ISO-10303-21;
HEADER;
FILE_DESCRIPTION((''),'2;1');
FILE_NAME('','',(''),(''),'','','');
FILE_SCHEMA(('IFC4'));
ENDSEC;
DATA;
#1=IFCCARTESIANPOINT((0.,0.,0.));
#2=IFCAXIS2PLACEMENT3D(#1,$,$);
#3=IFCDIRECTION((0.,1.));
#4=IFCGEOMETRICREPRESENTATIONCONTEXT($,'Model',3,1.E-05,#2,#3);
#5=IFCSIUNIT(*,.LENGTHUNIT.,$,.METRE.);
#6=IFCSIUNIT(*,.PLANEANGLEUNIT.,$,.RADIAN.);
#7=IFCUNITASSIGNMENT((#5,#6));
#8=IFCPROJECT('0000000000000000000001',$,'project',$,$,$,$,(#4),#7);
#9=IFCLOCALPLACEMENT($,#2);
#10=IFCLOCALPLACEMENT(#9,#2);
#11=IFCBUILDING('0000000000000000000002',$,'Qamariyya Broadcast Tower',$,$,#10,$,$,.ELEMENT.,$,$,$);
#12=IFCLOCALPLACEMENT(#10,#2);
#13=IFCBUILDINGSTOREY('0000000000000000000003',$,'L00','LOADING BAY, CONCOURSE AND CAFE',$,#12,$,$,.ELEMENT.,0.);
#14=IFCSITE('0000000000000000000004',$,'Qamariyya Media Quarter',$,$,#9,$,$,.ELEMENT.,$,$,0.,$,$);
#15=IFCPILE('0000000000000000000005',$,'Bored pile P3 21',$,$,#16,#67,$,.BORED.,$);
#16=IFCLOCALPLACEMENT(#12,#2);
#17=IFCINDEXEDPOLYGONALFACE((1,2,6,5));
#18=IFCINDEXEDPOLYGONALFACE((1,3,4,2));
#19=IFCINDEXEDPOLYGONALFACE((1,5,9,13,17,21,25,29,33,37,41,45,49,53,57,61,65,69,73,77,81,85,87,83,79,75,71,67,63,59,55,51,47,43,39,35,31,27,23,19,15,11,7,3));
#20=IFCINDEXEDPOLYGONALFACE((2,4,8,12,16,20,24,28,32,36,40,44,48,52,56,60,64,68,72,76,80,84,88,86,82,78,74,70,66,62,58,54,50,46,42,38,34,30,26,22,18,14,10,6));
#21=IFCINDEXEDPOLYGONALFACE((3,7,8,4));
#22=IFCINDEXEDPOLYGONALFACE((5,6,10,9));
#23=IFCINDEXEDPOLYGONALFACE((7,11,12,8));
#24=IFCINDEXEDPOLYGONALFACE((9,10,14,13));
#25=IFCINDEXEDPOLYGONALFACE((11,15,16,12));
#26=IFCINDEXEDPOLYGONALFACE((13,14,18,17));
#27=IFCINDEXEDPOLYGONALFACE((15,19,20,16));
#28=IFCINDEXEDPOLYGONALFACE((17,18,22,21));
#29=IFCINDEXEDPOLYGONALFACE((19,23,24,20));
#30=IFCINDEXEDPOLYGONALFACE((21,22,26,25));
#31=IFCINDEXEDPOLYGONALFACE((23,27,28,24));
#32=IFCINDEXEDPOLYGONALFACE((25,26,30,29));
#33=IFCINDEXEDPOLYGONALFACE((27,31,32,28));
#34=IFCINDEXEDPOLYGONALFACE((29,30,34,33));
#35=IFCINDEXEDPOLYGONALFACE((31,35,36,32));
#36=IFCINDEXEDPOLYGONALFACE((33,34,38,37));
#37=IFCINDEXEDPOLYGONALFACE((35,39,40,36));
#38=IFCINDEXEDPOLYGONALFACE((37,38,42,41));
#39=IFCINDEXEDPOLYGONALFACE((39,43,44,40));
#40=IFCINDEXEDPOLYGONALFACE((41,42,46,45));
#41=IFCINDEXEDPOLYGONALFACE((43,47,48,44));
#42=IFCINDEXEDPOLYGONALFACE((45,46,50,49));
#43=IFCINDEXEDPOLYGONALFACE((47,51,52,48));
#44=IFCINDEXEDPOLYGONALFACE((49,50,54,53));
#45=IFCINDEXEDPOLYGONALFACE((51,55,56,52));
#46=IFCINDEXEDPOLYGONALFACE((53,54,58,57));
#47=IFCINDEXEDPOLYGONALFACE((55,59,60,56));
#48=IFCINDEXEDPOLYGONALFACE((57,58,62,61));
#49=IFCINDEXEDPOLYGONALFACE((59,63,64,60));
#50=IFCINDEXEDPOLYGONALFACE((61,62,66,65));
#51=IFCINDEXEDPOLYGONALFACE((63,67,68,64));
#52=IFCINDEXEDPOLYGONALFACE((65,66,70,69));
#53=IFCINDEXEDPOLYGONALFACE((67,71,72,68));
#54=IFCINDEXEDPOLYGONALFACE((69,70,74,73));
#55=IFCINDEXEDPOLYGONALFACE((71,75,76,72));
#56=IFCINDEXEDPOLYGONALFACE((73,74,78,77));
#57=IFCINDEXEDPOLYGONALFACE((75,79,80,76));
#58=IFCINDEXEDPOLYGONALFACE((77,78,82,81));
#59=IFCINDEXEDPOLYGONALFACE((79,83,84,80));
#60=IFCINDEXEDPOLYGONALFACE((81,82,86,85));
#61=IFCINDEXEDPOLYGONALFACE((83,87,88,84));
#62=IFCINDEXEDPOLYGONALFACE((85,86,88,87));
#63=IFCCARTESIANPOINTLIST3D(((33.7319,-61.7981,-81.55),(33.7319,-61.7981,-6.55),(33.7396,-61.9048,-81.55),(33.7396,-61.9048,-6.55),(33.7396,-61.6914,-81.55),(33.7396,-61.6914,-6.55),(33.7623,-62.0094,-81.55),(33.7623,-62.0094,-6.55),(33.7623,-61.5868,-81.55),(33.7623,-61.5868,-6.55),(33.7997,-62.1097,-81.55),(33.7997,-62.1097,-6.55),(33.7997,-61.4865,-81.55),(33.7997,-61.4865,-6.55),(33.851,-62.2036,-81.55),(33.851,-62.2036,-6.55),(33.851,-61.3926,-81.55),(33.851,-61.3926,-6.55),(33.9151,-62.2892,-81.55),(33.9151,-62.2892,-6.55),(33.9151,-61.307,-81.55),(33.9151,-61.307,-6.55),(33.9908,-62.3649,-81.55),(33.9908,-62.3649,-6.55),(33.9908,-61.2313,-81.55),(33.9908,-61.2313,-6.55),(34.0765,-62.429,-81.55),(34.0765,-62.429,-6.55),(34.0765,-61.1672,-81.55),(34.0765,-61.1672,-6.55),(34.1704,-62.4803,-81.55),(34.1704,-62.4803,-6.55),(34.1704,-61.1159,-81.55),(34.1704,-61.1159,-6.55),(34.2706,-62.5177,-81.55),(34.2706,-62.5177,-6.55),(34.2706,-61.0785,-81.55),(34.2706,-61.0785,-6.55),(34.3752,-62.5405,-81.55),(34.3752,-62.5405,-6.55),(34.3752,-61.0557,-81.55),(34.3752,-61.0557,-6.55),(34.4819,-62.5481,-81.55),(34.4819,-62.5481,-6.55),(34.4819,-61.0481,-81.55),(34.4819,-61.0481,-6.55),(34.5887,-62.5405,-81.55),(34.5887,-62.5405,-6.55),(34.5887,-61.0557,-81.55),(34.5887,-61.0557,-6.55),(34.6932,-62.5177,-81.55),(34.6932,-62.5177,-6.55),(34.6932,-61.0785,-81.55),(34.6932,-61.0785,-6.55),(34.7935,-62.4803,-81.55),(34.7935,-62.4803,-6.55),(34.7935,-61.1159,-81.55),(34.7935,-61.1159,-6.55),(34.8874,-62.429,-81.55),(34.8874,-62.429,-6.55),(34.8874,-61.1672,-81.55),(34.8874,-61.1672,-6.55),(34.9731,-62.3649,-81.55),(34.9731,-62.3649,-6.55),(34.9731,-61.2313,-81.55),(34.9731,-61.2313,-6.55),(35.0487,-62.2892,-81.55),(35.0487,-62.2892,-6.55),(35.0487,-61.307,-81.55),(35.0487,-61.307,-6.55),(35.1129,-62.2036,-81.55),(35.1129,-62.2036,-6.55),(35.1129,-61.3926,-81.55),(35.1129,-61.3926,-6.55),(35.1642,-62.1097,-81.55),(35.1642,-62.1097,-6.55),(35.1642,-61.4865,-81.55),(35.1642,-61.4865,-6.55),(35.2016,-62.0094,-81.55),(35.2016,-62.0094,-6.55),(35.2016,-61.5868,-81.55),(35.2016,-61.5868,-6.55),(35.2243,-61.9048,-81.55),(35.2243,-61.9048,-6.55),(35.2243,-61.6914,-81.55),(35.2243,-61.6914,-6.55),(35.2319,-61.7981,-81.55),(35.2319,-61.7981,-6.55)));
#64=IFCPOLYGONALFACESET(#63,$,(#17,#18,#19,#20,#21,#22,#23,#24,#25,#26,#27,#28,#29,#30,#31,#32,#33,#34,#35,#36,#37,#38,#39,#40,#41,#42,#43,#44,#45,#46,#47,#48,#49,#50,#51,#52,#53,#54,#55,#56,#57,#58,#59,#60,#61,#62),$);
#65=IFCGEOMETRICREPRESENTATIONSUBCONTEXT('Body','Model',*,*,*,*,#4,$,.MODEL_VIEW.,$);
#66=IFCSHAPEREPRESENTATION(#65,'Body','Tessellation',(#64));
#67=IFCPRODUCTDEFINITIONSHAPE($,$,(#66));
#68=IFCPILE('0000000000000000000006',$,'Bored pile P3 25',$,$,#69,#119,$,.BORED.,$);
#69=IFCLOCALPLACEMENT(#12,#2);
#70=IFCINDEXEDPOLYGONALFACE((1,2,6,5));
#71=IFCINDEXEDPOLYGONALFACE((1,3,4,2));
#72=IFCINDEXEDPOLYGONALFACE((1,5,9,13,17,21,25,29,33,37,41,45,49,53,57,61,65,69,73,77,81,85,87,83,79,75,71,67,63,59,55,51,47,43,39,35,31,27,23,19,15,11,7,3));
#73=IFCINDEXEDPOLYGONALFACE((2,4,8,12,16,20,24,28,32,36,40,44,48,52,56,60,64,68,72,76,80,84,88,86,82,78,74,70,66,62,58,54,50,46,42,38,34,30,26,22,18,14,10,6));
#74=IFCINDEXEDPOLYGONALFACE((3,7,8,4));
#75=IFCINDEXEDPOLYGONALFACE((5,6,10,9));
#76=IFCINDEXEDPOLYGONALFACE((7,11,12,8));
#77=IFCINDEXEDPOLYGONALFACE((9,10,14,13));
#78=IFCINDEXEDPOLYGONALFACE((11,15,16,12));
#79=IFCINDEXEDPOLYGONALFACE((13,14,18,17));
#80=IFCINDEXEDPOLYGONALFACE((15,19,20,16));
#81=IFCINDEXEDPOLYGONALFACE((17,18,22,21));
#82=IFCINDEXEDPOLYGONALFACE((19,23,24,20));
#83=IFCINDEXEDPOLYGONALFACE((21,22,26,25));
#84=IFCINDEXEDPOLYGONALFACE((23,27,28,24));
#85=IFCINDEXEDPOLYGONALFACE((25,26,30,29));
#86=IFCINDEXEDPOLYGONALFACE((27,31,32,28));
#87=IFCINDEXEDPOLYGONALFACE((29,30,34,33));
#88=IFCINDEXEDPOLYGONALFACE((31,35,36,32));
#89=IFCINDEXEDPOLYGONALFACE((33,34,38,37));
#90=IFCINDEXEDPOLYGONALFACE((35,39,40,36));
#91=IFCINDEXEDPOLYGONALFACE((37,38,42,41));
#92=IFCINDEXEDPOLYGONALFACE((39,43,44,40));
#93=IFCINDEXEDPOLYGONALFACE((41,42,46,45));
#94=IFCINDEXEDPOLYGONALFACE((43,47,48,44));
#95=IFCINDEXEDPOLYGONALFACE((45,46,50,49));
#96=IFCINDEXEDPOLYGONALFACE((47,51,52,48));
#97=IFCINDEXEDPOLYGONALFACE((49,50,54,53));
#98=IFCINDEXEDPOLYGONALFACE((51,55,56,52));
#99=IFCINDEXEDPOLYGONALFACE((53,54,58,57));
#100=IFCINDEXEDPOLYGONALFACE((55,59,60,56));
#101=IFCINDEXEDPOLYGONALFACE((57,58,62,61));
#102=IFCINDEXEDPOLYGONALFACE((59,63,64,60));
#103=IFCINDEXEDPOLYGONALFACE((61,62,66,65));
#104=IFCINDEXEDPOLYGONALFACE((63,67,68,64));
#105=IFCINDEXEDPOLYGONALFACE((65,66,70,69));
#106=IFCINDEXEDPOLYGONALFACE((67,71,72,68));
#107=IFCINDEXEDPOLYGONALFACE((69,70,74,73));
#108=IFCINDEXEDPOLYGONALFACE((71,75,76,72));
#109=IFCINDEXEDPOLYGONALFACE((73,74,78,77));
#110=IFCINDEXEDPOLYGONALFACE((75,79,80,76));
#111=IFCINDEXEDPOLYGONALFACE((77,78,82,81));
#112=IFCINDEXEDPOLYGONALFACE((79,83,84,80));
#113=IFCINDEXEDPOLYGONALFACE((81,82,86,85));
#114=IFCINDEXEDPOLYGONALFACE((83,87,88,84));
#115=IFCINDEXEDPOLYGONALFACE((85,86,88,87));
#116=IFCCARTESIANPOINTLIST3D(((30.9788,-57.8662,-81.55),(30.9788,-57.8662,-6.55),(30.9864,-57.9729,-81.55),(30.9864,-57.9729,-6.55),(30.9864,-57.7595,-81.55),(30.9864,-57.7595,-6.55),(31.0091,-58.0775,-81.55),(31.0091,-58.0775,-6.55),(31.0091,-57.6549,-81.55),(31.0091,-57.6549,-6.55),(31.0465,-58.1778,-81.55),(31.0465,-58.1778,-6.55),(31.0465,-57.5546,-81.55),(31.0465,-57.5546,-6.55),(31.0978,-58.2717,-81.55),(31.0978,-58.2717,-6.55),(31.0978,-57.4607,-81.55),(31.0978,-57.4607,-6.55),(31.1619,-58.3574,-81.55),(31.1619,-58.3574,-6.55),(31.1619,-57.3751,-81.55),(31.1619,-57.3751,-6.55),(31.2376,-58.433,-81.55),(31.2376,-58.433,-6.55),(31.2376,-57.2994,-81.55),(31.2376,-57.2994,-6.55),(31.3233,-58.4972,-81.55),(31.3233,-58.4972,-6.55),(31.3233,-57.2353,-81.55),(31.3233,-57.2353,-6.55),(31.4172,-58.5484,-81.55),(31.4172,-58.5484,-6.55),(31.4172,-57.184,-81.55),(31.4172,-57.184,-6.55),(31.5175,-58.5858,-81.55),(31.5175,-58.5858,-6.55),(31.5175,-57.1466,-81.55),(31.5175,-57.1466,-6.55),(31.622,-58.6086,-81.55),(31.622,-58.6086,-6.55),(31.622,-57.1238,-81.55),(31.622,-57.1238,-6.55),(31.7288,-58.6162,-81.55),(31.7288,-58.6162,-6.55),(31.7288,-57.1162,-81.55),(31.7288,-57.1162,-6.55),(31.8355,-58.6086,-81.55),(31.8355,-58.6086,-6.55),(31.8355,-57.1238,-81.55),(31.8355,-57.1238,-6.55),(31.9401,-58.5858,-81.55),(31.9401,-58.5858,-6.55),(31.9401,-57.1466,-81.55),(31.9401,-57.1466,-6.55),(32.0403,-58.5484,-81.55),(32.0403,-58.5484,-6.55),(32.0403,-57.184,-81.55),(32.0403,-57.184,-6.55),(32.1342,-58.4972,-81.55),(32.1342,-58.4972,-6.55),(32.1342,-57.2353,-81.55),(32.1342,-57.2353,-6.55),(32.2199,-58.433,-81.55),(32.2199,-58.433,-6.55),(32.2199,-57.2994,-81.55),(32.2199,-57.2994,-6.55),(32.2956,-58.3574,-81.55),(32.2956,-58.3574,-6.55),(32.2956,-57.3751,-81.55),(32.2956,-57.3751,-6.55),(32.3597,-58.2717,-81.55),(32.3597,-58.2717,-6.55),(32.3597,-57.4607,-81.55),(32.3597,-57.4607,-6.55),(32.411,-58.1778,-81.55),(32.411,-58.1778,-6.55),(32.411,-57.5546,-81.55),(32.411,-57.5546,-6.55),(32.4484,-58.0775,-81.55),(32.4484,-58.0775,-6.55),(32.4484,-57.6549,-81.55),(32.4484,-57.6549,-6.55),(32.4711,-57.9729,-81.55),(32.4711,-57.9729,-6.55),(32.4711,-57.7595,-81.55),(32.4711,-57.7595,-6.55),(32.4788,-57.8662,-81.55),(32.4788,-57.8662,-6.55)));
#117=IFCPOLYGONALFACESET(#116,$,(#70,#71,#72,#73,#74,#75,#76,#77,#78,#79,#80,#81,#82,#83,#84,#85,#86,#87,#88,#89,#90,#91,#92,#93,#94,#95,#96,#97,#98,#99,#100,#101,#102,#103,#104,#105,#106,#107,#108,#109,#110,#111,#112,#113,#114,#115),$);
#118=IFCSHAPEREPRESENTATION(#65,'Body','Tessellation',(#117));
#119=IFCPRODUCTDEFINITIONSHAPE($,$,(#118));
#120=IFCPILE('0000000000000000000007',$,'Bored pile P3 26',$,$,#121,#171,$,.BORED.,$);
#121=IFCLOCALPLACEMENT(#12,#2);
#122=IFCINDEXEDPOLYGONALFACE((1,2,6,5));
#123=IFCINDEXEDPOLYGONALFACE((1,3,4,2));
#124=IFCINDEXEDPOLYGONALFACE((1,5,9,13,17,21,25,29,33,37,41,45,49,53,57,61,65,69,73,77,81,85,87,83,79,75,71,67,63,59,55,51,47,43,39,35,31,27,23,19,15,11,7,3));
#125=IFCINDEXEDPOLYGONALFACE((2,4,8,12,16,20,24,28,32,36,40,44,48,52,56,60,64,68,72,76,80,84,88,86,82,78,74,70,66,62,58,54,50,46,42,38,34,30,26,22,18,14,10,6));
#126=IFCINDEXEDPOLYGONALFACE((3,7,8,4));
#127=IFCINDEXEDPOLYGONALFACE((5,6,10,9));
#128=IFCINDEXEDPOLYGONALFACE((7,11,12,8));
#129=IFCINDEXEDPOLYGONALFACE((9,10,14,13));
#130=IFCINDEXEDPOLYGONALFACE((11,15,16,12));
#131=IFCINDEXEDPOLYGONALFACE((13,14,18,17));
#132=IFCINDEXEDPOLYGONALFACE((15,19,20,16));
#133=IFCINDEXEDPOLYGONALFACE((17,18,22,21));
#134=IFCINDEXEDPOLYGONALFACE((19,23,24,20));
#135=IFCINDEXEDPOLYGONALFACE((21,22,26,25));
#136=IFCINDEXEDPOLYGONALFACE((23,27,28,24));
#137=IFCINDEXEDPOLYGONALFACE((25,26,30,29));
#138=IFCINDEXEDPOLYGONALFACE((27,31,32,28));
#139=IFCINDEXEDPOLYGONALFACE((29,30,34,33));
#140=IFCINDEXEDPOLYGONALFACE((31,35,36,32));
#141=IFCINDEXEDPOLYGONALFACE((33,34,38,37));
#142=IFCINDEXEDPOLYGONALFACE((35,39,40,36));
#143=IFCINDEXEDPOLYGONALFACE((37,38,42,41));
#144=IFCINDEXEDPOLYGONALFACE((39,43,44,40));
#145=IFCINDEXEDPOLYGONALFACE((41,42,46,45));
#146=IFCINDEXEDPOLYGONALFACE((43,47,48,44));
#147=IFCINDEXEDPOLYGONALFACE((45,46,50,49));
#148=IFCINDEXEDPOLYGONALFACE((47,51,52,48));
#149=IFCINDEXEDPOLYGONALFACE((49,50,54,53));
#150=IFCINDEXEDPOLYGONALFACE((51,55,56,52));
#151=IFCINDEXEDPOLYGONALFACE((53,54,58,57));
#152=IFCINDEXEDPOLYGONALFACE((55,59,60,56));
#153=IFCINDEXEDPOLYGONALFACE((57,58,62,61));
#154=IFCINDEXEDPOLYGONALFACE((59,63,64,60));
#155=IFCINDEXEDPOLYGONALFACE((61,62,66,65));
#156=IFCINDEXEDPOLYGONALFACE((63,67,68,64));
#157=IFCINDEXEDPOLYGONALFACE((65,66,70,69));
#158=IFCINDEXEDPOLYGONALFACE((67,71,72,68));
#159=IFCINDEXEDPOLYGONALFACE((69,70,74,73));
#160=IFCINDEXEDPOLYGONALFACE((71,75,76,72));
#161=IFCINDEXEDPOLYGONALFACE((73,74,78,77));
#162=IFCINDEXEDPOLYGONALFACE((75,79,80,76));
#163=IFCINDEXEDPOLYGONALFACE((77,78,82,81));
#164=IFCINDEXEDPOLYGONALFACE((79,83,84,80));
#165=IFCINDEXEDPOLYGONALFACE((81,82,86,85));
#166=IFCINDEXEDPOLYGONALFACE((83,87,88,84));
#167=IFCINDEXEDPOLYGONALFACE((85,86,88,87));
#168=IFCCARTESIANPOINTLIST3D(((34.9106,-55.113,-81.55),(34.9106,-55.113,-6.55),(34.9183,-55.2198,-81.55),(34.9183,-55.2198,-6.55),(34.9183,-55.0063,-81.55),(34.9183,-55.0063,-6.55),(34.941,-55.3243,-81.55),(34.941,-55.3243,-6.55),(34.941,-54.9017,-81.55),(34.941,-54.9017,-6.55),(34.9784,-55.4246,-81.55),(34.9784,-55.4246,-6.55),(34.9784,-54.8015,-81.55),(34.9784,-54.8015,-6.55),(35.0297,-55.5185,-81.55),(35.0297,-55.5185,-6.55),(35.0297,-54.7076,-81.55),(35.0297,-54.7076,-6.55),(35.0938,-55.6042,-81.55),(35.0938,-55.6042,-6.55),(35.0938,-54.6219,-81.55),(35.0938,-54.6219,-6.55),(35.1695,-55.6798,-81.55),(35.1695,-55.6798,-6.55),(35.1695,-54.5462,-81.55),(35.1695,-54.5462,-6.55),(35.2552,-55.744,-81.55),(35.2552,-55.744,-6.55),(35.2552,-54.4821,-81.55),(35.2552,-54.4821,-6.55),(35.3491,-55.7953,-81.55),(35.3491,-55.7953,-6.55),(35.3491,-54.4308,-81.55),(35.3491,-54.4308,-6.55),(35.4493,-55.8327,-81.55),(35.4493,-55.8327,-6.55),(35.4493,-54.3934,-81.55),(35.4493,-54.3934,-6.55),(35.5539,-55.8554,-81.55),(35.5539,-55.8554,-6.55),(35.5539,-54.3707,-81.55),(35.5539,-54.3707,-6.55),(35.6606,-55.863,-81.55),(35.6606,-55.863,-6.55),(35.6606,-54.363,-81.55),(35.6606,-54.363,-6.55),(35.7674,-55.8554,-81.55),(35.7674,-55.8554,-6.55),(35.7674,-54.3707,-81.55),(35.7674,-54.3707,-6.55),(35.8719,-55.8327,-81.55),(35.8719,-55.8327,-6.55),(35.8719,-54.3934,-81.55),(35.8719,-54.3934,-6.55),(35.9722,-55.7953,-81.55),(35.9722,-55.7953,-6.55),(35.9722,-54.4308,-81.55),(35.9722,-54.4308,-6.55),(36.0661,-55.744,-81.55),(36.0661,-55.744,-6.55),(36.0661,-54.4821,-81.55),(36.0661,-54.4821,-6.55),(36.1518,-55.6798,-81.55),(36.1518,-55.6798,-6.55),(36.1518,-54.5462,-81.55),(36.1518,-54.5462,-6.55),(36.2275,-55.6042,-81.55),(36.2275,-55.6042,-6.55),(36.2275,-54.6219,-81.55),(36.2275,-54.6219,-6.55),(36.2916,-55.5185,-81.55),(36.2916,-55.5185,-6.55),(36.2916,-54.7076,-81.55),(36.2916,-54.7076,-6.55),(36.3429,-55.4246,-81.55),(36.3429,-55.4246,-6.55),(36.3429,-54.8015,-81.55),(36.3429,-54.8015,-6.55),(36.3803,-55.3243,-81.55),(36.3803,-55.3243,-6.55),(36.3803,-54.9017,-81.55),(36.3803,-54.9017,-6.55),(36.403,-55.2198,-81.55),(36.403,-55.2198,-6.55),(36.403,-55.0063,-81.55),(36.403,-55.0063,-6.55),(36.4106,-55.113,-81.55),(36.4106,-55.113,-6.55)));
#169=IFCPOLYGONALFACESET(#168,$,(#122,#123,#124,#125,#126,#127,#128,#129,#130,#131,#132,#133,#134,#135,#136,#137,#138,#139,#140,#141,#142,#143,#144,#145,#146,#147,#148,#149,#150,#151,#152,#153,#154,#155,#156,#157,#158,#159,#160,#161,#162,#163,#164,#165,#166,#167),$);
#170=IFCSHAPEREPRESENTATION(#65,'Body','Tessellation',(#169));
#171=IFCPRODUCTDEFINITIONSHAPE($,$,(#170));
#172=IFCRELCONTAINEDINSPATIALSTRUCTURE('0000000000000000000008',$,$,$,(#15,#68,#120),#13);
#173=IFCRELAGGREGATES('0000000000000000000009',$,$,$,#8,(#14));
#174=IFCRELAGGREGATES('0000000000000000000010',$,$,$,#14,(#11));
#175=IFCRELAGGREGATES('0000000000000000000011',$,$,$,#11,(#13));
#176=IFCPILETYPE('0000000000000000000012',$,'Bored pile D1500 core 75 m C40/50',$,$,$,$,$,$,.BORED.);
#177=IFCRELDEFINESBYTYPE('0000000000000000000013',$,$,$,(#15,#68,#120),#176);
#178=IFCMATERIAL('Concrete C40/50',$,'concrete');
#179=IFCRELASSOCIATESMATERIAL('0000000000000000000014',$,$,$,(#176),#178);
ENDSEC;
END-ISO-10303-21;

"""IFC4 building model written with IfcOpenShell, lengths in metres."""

from ifc_helpers import new_model, si_unit, direction, frame, origin, origin_2d, place, context, subcontext, project, spatial, circle, extrude, material, material_profile, profile_set, type_object, element, save


model = new_model("IFC4")

# Units and contexts
model_context = context("Model", 3, precision=1e-05, world=origin(), true_north=direction((0.0, 1.0)))
body_context = subcontext(model_context, "Body", "Model", "MODEL_VIEW")
ifc_project = project(units=[si_unit("LENGTHUNIT", "METRE"), si_unit("PLANEANGLEUNIT", "RADIAN")], contexts=[model_context])

# Site, building, storey
site_placement = place(None, origin())
site = spatial("IfcSite", under=ifc_project, at=site_placement, Name="Qamariyya Media Quarter", CompositionType="ELEMENT", RefElevation=0.0)
building_placement = place(site_placement, origin())
building = spatial("IfcBuilding", under=site, at=building_placement, Name="Qamariyya Broadcast Tower", CompositionType="ELEMENT")
storey_placement = place(building_placement, origin())
storey = spatial("IfcBuildingStorey", under=building, at=storey_placement, Name="L00", Description="LOADING BAY, CONCOURSE AND CAFE", CompositionType="ELEMENT", Elevation=0.0)

# Piles
ifc_material_1 = material(Name="Concrete C40/50", Category="concrete")
ifc_material_profile = material_profile(ifc_material_1, circle(Radius=0.75, at=origin_2d()))
ifc_profile_set = profile_set([ifc_material_profile], Name="Concrete C40/50")
pile_type = type_object("IfcPileType", Name="Bored pile D1500 core 75 m C40/50", PredefinedType="BORED", material=ifc_profile_set)
for number, where, z_axis, x_axis, name in (
    (1, (34.4819, -61.7981, -6.55), (0.0, 0.0, -1.0), (1.0, 0.0, 0.0), "Bored pile P3 21"),
    (2, (31.7288, -57.8662, -6.55), (0.0, 0.0, -1.0), (1.0, 0.0, 0.0), "Bored pile P3 25"),
    (3, (35.6606, -55.113, -6.55), (0.0, 0.0, -1.0), (1.0, 0.0, 0.0), "Bored pile P3 26"),
):
    element("IfcPile", number, at=place(storey_placement, frame(where, z_axis=z_axis, x_axis=x_axis)), inside=storey, type_object=pile_type, Name=name, PredefinedType="BORED", context=body_context, shape_type="SweptSolid", body=[
        extrude(circle(Radius=0.75, at=origin_2d()), origin(), (0.0, 0.0, 1.0), 75.0),
    ])

save(model, "model.ifc")
